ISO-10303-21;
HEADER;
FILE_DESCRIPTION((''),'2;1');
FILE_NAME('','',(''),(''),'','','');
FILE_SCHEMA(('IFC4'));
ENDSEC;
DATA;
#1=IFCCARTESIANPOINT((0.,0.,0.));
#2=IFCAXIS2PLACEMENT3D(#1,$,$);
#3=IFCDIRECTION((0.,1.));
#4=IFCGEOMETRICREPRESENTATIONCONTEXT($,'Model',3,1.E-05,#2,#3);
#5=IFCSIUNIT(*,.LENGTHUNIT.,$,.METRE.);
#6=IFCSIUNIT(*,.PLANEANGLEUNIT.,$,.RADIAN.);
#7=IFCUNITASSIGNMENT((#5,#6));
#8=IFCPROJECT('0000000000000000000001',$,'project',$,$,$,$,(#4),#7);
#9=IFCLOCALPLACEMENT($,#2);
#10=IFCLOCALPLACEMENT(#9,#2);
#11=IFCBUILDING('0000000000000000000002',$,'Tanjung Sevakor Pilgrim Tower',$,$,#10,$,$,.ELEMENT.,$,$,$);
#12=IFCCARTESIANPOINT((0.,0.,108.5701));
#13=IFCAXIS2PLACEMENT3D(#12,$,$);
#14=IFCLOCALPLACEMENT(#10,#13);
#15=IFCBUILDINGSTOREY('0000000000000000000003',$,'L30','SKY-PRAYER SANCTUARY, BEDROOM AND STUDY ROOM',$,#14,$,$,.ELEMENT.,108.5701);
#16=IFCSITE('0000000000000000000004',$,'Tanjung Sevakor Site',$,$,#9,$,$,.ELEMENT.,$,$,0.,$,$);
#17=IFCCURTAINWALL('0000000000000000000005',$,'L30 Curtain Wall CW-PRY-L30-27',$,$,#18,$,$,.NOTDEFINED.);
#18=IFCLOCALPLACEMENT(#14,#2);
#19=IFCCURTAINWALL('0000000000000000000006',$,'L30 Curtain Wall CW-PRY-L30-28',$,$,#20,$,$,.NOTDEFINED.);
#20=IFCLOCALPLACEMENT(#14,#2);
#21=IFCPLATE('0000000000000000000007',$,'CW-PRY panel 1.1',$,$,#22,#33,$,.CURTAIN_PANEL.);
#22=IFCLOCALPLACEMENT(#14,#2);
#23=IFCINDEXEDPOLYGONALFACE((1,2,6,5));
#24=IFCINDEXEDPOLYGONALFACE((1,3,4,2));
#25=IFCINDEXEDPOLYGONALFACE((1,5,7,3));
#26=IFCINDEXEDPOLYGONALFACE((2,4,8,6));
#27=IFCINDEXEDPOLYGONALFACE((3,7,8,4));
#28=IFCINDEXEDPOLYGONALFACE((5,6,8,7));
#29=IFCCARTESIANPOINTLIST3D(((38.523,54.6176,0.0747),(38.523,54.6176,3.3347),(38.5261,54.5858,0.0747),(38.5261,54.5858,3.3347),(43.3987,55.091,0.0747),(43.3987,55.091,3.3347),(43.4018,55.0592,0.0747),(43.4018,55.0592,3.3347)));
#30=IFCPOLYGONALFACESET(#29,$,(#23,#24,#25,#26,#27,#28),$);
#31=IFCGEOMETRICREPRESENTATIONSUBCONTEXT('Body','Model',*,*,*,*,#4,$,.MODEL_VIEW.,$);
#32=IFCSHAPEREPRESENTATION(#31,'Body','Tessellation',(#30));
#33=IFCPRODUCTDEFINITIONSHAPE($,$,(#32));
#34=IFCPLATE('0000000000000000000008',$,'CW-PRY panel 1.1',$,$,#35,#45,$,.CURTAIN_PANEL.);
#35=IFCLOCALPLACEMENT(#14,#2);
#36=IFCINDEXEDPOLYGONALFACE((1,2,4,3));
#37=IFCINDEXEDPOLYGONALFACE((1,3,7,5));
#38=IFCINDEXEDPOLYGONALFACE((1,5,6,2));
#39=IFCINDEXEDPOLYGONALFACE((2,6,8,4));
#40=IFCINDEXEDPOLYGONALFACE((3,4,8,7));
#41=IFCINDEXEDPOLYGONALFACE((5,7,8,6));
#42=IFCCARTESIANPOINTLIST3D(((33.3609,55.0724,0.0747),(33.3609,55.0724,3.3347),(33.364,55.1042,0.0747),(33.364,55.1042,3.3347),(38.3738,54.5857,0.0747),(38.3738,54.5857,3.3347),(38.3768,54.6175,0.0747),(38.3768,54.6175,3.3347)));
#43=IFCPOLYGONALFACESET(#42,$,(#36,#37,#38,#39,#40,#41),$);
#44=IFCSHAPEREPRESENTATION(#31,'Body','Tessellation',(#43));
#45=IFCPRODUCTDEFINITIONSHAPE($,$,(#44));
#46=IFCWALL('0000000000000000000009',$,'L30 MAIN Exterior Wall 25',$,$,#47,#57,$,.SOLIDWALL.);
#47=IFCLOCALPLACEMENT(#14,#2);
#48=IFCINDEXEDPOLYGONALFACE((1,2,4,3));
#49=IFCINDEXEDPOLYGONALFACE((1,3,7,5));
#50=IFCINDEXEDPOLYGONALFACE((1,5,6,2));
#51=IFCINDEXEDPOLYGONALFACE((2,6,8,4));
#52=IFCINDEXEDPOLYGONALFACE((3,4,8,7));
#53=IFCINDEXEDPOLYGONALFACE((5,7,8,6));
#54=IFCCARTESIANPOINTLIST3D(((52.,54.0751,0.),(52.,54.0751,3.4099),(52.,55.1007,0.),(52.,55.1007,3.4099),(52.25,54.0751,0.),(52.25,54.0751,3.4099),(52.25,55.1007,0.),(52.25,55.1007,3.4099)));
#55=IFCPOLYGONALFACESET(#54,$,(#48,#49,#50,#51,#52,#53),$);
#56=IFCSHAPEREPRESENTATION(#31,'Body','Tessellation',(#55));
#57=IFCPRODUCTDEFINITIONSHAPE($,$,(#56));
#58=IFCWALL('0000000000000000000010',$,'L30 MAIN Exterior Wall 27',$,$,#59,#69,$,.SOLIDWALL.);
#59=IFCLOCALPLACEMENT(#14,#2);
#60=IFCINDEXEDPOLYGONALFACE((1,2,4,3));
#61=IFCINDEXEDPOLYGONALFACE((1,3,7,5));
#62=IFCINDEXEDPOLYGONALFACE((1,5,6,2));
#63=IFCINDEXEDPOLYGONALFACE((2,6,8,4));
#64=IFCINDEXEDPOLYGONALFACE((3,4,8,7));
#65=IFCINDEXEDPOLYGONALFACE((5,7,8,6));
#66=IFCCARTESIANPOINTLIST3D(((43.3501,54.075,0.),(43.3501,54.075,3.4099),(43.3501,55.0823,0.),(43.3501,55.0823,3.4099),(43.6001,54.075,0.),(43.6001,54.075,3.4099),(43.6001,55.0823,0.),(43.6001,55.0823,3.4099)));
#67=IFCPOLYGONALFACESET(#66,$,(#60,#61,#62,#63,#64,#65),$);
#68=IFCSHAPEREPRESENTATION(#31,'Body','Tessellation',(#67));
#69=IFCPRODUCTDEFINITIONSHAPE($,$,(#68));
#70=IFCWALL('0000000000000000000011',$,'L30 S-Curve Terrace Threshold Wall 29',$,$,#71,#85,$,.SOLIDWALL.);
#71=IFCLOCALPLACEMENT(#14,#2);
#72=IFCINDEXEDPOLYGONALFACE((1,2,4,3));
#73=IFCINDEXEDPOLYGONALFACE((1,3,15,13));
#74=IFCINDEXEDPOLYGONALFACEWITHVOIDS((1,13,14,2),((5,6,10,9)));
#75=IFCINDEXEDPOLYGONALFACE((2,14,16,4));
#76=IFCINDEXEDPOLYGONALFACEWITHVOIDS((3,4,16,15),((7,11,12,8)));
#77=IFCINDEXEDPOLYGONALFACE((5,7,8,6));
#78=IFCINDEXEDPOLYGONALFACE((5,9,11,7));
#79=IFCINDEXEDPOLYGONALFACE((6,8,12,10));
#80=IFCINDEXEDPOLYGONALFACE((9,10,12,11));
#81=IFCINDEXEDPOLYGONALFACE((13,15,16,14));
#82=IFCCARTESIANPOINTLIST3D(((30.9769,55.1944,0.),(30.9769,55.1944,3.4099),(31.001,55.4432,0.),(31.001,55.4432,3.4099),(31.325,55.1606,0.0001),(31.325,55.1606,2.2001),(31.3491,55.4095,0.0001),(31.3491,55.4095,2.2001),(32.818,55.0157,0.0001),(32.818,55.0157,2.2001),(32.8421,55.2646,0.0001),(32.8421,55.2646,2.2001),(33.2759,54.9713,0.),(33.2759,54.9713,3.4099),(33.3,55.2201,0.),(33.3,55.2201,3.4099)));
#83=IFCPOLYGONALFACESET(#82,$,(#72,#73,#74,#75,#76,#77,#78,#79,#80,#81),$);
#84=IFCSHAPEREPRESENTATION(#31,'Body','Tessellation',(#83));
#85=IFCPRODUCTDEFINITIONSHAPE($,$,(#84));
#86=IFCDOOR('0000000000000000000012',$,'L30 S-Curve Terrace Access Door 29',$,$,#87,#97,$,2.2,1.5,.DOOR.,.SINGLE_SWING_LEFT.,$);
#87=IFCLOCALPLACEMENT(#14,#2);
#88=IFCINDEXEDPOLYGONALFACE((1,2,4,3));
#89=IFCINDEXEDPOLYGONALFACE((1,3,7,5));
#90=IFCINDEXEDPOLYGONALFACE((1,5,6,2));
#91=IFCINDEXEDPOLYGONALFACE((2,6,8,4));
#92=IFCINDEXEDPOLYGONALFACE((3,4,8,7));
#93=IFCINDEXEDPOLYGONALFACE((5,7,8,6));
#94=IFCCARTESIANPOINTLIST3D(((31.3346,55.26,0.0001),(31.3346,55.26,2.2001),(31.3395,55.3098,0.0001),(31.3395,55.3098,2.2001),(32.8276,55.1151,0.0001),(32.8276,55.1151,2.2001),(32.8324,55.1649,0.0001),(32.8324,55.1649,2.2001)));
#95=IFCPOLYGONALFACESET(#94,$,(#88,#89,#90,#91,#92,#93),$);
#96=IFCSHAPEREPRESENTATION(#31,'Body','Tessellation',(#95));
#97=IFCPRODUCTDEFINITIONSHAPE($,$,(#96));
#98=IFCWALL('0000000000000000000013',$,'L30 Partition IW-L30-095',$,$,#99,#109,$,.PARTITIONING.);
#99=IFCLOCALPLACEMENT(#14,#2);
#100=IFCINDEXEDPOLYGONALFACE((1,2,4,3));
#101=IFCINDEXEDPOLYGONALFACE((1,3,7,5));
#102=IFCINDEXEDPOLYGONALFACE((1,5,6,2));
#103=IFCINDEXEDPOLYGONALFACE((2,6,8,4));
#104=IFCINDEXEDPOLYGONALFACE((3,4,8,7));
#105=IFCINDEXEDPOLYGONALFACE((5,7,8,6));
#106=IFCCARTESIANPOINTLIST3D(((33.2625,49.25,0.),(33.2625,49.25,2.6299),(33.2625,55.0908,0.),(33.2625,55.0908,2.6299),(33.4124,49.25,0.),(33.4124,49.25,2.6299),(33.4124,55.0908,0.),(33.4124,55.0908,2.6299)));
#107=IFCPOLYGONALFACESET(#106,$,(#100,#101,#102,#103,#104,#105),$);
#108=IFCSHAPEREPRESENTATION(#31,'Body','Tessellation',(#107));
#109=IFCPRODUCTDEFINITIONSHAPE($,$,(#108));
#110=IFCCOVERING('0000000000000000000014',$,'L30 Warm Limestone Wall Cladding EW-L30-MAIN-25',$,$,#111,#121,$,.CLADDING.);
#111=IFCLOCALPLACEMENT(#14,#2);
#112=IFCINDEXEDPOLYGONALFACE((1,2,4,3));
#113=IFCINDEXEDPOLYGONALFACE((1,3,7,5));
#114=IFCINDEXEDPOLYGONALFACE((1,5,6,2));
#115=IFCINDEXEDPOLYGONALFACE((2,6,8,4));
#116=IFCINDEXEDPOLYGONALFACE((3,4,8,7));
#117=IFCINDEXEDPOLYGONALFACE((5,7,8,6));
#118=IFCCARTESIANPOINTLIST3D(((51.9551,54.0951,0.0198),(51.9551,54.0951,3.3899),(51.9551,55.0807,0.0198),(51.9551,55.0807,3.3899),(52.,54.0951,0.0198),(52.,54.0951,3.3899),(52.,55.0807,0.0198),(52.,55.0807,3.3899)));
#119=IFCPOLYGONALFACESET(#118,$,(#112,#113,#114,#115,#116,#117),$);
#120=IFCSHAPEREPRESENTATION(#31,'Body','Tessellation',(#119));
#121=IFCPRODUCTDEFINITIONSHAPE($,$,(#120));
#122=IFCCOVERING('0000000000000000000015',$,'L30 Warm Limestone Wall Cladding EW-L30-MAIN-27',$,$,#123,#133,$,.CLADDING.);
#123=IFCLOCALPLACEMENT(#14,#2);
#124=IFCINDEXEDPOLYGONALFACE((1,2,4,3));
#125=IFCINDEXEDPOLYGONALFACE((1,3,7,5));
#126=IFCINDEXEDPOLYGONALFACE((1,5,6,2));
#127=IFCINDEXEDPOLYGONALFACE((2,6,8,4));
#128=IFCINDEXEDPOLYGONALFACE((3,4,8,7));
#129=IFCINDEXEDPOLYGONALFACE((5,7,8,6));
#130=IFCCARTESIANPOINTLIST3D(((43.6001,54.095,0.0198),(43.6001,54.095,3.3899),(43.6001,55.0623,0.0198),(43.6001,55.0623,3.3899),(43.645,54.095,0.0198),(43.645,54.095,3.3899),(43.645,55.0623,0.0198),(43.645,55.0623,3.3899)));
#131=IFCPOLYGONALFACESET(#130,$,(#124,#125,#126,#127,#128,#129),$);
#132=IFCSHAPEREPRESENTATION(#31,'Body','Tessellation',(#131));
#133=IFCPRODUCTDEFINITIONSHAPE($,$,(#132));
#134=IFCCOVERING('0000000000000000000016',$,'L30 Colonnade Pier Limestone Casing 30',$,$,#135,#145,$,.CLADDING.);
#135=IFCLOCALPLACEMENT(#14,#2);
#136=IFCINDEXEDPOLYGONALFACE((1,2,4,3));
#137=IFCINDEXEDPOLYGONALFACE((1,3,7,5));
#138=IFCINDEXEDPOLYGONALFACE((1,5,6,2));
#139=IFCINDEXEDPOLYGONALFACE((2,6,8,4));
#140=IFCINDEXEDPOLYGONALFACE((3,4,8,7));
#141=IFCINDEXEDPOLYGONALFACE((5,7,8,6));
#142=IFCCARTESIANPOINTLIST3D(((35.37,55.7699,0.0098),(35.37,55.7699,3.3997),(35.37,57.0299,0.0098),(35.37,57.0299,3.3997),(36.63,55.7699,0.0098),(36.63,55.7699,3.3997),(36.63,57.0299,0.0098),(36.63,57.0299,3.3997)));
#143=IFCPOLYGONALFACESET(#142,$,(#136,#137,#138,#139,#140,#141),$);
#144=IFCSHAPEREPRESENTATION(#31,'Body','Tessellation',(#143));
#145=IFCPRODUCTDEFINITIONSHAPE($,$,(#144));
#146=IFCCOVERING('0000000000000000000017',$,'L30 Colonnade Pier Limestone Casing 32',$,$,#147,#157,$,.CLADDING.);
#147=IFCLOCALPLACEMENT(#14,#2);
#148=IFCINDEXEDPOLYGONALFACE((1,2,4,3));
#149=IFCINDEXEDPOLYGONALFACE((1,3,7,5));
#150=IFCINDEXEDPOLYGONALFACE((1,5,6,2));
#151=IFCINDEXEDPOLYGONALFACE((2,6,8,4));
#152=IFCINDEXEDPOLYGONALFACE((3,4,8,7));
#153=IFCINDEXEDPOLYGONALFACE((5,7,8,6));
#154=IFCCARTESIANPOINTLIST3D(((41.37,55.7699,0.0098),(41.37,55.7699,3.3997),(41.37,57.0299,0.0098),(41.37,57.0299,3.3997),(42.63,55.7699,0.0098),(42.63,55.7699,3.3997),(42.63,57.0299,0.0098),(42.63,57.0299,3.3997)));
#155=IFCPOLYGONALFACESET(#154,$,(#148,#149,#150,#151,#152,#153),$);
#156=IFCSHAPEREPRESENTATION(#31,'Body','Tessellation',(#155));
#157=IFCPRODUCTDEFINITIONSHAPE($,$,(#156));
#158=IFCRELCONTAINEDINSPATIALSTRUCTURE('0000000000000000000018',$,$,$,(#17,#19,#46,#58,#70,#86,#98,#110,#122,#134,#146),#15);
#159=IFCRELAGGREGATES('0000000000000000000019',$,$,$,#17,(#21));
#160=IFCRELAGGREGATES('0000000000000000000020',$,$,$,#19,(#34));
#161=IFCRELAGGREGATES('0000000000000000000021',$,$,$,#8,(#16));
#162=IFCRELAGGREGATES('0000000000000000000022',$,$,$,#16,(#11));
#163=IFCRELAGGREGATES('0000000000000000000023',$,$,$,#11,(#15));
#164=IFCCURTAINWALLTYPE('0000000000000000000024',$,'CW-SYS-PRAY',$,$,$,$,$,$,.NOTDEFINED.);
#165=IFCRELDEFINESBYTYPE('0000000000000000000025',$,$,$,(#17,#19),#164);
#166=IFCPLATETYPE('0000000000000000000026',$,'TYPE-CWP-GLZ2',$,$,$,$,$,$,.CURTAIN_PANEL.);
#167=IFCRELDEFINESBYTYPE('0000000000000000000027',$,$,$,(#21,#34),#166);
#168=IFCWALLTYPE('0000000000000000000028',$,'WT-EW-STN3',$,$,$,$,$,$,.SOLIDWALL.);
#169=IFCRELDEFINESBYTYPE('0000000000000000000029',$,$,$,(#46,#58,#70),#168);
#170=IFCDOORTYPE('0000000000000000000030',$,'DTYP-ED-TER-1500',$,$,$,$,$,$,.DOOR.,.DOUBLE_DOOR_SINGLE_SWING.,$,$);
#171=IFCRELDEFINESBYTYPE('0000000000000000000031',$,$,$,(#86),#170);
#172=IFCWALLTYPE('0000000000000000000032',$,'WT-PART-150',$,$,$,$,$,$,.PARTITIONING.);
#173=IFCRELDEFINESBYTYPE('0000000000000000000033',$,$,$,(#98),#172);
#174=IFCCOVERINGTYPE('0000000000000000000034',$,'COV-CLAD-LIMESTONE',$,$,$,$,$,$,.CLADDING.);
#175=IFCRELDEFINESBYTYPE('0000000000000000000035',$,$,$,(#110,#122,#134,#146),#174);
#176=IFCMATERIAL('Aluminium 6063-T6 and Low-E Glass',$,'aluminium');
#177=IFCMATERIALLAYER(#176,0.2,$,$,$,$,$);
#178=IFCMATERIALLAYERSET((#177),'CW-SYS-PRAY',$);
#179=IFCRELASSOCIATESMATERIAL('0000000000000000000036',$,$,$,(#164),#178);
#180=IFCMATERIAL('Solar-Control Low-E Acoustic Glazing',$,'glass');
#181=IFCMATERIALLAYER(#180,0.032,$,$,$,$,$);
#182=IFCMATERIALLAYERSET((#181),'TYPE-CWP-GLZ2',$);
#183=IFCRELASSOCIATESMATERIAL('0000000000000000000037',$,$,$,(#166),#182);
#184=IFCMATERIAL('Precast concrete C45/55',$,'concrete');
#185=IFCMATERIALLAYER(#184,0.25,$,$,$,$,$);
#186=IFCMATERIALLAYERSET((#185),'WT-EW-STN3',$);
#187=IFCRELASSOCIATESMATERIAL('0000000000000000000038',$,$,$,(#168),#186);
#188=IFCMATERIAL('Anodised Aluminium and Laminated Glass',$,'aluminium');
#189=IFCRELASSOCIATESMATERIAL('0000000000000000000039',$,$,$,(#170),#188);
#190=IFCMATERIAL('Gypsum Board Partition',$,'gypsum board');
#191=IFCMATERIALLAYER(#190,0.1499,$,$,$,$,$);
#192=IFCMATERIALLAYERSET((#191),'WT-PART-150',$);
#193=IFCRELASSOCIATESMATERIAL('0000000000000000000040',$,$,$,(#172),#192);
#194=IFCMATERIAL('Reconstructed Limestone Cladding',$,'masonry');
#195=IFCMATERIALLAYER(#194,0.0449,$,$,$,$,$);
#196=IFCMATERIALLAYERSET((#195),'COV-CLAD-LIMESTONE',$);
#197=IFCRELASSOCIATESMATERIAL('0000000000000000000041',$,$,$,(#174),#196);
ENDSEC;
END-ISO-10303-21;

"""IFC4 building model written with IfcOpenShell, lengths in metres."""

from ifc_helpers import new_model, si_unit, direction, frame, frame_2d, origin, origin_2d, place, context, subcontext, project, spatial, rectangle, extrude, material, layer, layer_set, type_object, element, fill, aggregate, save


model = new_model("IFC4")

# Units and contexts
model_context = context("Model", 3, precision=1e-05, world=origin(), true_north=direction((0.0, 1.0)))
body_context = subcontext(model_context, "Body", "Model", "MODEL_VIEW")
ifc_project = project(units=[si_unit("LENGTHUNIT", "METRE"), si_unit("PLANEANGLEUNIT", "RADIAN")], contexts=[model_context])

# Site, building, storey
site_placement = place(None, origin())
site = spatial("IfcSite", under=ifc_project, at=site_placement, Name="Tanjung Sevakor Site", CompositionType="ELEMENT", RefElevation=0.0)
building_placement = place(site_placement, origin())
building = spatial("IfcBuilding", under=site, at=building_placement, Name="Tanjung Sevakor Pilgrim Tower", CompositionType="ELEMENT")
storey_placement = place(building_placement, frame((0.0, 0.0, 108.5701)))
storey = spatial("IfcBuildingStorey", under=building, at=storey_placement, Name="L30", Description="SKY-PRAYER SANCTUARY, BEDROOM AND STUDY ROOM", CompositionType="ELEMENT", Elevation=108.5701)

# Shared definitions
ifc_material_1 = material(Name="Aluminium 6063-T6 and Low-E Glass", Category="aluminium")
ifc_layer_1 = layer(ifc_material_1, 0.2)
ifc_layer_set_1 = layer_set([ifc_layer_1], Name="CW-SYS-PRAY")
curtain_wall_type_1 = type_object("IfcCurtainWallType", Name="CW-SYS-PRAY", PredefinedType="NOTDEFINED", material=ifc_layer_set_1)

# Curtain walls
curtain_wall_1_placement = place(storey_placement, origin())
curtain_wall_1 = element("IfcCurtainWall", 1, at=curtain_wall_1_placement, inside=storey, type_object=curtain_wall_type_1, Name="L30 Curtain Wall CW-PRY-L30-27", PredefinedType="NOTDEFINED")
curtain_wall_2_placement = place(storey_placement, origin())
curtain_wall_2 = element("IfcCurtainWall", 2, at=curtain_wall_2_placement, inside=storey, type_object=curtain_wall_type_1, Name="L30 Curtain Wall CW-PRY-L30-28", PredefinedType="NOTDEFINED")

# Plates
ifc_material_2 = material(Name="Solar-Control Low-E Acoustic Glazing", Category="glass")
ifc_layer_2 = layer(ifc_material_2, 0.032)
ifc_layer_set_2 = layer_set([ifc_layer_2], Name="TYPE-CWP-GLZ2")
plate_type_1 = type_object("IfcPlateType", Name="TYPE-CWP-GLZ2", PredefinedType="CURTAIN_PANEL", material=ifc_layer_set_2)
plate_1_placement = place(storey_placement, frame((40.9624, 54.8384, 0.0747), z_axis=(0.0, 0.0, 1.0), x_axis=(-0.995319, -0.09664, 0.0)))
plate_1 = element("IfcPlate", 3, at=plate_1_placement, type_object=plate_type_1, Name="CW-PRY panel 1.1", PredefinedType="CURTAIN_PANEL", context=body_context, shape_type="SweptSolid", body=[
    extrude(rectangle(XDim=4.8987, YDim=0.032, at=origin_2d()), origin(), (0.0, 0.0, 1.0), 3.26),
])
aggregate(curtain_wall_1, [plate_1])
plate_2_placement = place(storey_placement, frame((35.8689, 54.845, 0.0747), z_axis=(0.0, 0.0, 1.0), x_axis=(-0.99532, 0.096638, 0.0)))
plate_2 = element("IfcPlate", 4, at=plate_2_placement, type_object=plate_type_1, Name="CW-PRY panel 1.1", PredefinedType="CURTAIN_PANEL", context=body_context, shape_type="SweptSolid", body=[
    extrude(rectangle(XDim=5.0364, YDim=0.032, at=origin_2d()), origin(), (0.0, 0.0, 1.0), 3.26),
])
aggregate(curtain_wall_2, [plate_2])

# Walls
ifc_material_3 = material(Name="Precast concrete C45/55", Category="concrete")
ifc_layer_3 = layer(ifc_material_3, 0.25)
ifc_layer_set_3 = layer_set([ifc_layer_3], Name="WT-EW-STN3")
wall_type_1 = type_object("IfcWallType", Name="WT-EW-STN3", PredefinedType="SOLIDWALL", material=ifc_layer_set_3)
wall_1_placement = place(storey_placement, frame((52.125, 55.1006, 0.0), z_axis=(0.0, 0.0, 1.0), x_axis=(0.0, -1.0, 0.0)))
element("IfcWall", 5, at=wall_1_placement, inside=storey, type_object=wall_type_1, Name="L30 MAIN Exterior Wall 25", PredefinedType="SOLIDWALL", context=body_context, shape_type="SweptSolid", body=[
    extrude(rectangle(XDim=1.0256, YDim=0.25, at=frame_2d((0.5127, 0.0))), origin(), (0.0, 0.0, 1.0), 3.4099),
])
wall_2_placement = place(storey_placement, frame((43.4751, 54.075, 0.0), z_axis=(0.0, 0.0, 1.0), x_axis=(0.0, 1.0, 0.0)))
element("IfcWall", 6, at=wall_2_placement, inside=storey, type_object=wall_type_1, Name="L30 MAIN Exterior Wall 27", PredefinedType="SOLIDWALL", context=body_context, shape_type="SweptSolid", body=[
    extrude(rectangle(XDim=1.0073, YDim=0.25, at=frame_2d((0.5037, 0.0))), origin(), (0.0, 0.0, 1.0), 3.4099),
])

# Wall, opening, door
wall_3_placement = place(storey_placement, frame((33.2878, 55.0957, 0.0), z_axis=(0.0, 0.0, 1.0), x_axis=(-0.995323, 0.096605, 0.0)))
wall_3 = element("IfcWall", 7, at=wall_3_placement, inside=storey, type_object=wall_type_1, Name="L30 S-Curve Terrace Threshold Wall 29", PredefinedType="SOLIDWALL", context=body_context, shape_type="SweptSolid", body=[
    extrude(rectangle(XDim=2.3098, YDim=0.25, at=frame_2d((1.1548, 0.0))), origin(), (0.0, 0.0, 1.0), 3.4099),
])
opening_placement = place(wall_3_placement, frame((0.46, 0.0, 0.0)))
opening = element("IfcOpeningElement", 8, at=opening_placement, cuts=wall_3, PredefinedType="OPENING", context=body_context, shape_type="SweptSolid", body=[
    extrude(rectangle(XDim=1.5, YDim=2.2, at=frame_2d((0.75, 1.1001))), frame((0.0, 0.135, 0.0), z_axis=(0.0, -1.0, 0.0), x_axis=(1.0, 0.0, 0.0)), (0.0, 0.0, 1.0), 0.27),
])
ifc_material_4 = material(Name="Anodised Aluminium and Laminated Glass", Category="aluminium")
door_type = type_object("IfcDoorType", Name="DTYP-ED-TER-1500", OperationType="DOUBLE_DOOR_SINGLE_SWING", PredefinedType="DOOR", material=ifc_material_4)
door_placement = place(opening_placement, frame((1.5, 0.0, 0.0), z_axis=(0.0, 0.0, 1.0), x_axis=(-1.0, 0.0, 0.0)))
door = element("IfcDoor", 9, at=door_placement, inside=storey, type_object=door_type, Name="L30 S-Curve Terrace Access Door 29", OperationType="SINGLE_SWING_LEFT", OverallHeight=2.2, OverallWidth=1.5, PredefinedType="DOOR", context=body_context, shape_type="SweptSolid", body=[
    extrude(rectangle(XDim=1.5, YDim=2.2, at=frame_2d((0.75, 1.1001))), frame((0.0, 0.0249, 0.0), z_axis=(0.0, -1.0, 0.0), x_axis=(1.0, 0.0, 0.0)), (0.0, 0.0, 1.0), 0.05),
])
fill(opening, door)

# Wall
ifc_material_5 = material(Name="Gypsum Board Partition", Category="gypsum board")
ifc_layer_4 = layer(ifc_material_5, 0.1499)
ifc_layer_set_4 = layer_set([ifc_layer_4], Name="WT-PART-150")
wall_type_2 = type_object("IfcWallType", Name="WT-PART-150", PredefinedType="PARTITIONING", material=ifc_layer_set_4)
wall_4_placement = place(storey_placement, frame((33.3374, 49.25, 0.0), z_axis=(0.0, 0.0, 1.0), x_axis=(0.0, 1.0, 0.0)))
element("IfcWall", 10, at=wall_4_placement, inside=storey, type_object=wall_type_2, Name="L30 Partition IW-L30-095", PredefinedType="PARTITIONING", context=body_context, shape_type="SweptSolid", body=[
    extrude(rectangle(XDim=5.8408, YDim=0.1499, at=frame_2d((2.9204, 0.0))), origin(), (0.0, 0.0, 1.0), 2.6299),
])

# Coverings
ifc_material_6 = material(Name="Reconstructed Limestone Cladding", Category="masonry")
ifc_layer_5 = layer(ifc_material_6, 0.0449)
ifc_layer_set_5 = layer_set([ifc_layer_5], Name="COV-CLAD-LIMESTONE")
covering_type = type_object("IfcCoveringType", Name="COV-CLAD-LIMESTONE", PredefinedType="CLADDING", material=ifc_layer_set_5)
covering_1_placement = place(storey_placement, frame((51.9775, 54.5879, 0.0198), z_axis=(0.0, 0.0, 1.0), x_axis=(0.0, -1.0, 0.0)))
element("IfcCovering", 11, at=covering_1_placement, inside=storey, type_object=covering_type, Name="L30 Warm Limestone Wall Cladding EW-L30-MAIN-25", PredefinedType="CLADDING", context=body_context, shape_type="SweptSolid", body=[
    extrude(rectangle(XDim=0.9856, YDim=0.0449, at=origin_2d()), origin(), (0.0, 0.0, 1.0), 3.3701),
])
covering_2_placement = place(storey_placement, frame((43.6226, 54.5786, 0.0198), z_axis=(0.0, 0.0, 1.0), x_axis=(0.0, 1.0, 0.0)))
element("IfcCovering", 12, at=covering_2_placement, inside=storey, type_object=covering_type, Name="L30 Warm Limestone Wall Cladding EW-L30-MAIN-27", PredefinedType="CLADDING", context=body_context, shape_type="SweptSolid", body=[
    extrude(rectangle(XDim=0.9673, YDim=0.0449, at=origin_2d()), origin(), (0.0, 0.0, 1.0), 3.3701),
])
for number, where, z_axis, x_axis, name in (
    (13, (36.0, 56.3999, 0.0098), (0.0, 0.0, 1.0), (1.0, 0.0, 0.0), "L30 Colonnade Pier Limestone Casing 30"),
    (14, (42.0, 56.3999, 0.0098), (0.0, 0.0, 1.0), (1.0, 0.0, 0.0), "L30 Colonnade Pier Limestone Casing 32"),
):
    element("IfcCovering", number, at=place(storey_placement, frame(where, z_axis=z_axis, x_axis=x_axis)), inside=storey, type_object=covering_type, Name=name, PredefinedType="CLADDING", context=body_context, shape_type="SweptSolid", body=[
        extrude(rectangle(XDim=1.26, YDim=1.26, at=origin_2d()), origin(), (0.0, 0.0, 1.0), 3.3899),
    ])

save(model, "model.ifc")
